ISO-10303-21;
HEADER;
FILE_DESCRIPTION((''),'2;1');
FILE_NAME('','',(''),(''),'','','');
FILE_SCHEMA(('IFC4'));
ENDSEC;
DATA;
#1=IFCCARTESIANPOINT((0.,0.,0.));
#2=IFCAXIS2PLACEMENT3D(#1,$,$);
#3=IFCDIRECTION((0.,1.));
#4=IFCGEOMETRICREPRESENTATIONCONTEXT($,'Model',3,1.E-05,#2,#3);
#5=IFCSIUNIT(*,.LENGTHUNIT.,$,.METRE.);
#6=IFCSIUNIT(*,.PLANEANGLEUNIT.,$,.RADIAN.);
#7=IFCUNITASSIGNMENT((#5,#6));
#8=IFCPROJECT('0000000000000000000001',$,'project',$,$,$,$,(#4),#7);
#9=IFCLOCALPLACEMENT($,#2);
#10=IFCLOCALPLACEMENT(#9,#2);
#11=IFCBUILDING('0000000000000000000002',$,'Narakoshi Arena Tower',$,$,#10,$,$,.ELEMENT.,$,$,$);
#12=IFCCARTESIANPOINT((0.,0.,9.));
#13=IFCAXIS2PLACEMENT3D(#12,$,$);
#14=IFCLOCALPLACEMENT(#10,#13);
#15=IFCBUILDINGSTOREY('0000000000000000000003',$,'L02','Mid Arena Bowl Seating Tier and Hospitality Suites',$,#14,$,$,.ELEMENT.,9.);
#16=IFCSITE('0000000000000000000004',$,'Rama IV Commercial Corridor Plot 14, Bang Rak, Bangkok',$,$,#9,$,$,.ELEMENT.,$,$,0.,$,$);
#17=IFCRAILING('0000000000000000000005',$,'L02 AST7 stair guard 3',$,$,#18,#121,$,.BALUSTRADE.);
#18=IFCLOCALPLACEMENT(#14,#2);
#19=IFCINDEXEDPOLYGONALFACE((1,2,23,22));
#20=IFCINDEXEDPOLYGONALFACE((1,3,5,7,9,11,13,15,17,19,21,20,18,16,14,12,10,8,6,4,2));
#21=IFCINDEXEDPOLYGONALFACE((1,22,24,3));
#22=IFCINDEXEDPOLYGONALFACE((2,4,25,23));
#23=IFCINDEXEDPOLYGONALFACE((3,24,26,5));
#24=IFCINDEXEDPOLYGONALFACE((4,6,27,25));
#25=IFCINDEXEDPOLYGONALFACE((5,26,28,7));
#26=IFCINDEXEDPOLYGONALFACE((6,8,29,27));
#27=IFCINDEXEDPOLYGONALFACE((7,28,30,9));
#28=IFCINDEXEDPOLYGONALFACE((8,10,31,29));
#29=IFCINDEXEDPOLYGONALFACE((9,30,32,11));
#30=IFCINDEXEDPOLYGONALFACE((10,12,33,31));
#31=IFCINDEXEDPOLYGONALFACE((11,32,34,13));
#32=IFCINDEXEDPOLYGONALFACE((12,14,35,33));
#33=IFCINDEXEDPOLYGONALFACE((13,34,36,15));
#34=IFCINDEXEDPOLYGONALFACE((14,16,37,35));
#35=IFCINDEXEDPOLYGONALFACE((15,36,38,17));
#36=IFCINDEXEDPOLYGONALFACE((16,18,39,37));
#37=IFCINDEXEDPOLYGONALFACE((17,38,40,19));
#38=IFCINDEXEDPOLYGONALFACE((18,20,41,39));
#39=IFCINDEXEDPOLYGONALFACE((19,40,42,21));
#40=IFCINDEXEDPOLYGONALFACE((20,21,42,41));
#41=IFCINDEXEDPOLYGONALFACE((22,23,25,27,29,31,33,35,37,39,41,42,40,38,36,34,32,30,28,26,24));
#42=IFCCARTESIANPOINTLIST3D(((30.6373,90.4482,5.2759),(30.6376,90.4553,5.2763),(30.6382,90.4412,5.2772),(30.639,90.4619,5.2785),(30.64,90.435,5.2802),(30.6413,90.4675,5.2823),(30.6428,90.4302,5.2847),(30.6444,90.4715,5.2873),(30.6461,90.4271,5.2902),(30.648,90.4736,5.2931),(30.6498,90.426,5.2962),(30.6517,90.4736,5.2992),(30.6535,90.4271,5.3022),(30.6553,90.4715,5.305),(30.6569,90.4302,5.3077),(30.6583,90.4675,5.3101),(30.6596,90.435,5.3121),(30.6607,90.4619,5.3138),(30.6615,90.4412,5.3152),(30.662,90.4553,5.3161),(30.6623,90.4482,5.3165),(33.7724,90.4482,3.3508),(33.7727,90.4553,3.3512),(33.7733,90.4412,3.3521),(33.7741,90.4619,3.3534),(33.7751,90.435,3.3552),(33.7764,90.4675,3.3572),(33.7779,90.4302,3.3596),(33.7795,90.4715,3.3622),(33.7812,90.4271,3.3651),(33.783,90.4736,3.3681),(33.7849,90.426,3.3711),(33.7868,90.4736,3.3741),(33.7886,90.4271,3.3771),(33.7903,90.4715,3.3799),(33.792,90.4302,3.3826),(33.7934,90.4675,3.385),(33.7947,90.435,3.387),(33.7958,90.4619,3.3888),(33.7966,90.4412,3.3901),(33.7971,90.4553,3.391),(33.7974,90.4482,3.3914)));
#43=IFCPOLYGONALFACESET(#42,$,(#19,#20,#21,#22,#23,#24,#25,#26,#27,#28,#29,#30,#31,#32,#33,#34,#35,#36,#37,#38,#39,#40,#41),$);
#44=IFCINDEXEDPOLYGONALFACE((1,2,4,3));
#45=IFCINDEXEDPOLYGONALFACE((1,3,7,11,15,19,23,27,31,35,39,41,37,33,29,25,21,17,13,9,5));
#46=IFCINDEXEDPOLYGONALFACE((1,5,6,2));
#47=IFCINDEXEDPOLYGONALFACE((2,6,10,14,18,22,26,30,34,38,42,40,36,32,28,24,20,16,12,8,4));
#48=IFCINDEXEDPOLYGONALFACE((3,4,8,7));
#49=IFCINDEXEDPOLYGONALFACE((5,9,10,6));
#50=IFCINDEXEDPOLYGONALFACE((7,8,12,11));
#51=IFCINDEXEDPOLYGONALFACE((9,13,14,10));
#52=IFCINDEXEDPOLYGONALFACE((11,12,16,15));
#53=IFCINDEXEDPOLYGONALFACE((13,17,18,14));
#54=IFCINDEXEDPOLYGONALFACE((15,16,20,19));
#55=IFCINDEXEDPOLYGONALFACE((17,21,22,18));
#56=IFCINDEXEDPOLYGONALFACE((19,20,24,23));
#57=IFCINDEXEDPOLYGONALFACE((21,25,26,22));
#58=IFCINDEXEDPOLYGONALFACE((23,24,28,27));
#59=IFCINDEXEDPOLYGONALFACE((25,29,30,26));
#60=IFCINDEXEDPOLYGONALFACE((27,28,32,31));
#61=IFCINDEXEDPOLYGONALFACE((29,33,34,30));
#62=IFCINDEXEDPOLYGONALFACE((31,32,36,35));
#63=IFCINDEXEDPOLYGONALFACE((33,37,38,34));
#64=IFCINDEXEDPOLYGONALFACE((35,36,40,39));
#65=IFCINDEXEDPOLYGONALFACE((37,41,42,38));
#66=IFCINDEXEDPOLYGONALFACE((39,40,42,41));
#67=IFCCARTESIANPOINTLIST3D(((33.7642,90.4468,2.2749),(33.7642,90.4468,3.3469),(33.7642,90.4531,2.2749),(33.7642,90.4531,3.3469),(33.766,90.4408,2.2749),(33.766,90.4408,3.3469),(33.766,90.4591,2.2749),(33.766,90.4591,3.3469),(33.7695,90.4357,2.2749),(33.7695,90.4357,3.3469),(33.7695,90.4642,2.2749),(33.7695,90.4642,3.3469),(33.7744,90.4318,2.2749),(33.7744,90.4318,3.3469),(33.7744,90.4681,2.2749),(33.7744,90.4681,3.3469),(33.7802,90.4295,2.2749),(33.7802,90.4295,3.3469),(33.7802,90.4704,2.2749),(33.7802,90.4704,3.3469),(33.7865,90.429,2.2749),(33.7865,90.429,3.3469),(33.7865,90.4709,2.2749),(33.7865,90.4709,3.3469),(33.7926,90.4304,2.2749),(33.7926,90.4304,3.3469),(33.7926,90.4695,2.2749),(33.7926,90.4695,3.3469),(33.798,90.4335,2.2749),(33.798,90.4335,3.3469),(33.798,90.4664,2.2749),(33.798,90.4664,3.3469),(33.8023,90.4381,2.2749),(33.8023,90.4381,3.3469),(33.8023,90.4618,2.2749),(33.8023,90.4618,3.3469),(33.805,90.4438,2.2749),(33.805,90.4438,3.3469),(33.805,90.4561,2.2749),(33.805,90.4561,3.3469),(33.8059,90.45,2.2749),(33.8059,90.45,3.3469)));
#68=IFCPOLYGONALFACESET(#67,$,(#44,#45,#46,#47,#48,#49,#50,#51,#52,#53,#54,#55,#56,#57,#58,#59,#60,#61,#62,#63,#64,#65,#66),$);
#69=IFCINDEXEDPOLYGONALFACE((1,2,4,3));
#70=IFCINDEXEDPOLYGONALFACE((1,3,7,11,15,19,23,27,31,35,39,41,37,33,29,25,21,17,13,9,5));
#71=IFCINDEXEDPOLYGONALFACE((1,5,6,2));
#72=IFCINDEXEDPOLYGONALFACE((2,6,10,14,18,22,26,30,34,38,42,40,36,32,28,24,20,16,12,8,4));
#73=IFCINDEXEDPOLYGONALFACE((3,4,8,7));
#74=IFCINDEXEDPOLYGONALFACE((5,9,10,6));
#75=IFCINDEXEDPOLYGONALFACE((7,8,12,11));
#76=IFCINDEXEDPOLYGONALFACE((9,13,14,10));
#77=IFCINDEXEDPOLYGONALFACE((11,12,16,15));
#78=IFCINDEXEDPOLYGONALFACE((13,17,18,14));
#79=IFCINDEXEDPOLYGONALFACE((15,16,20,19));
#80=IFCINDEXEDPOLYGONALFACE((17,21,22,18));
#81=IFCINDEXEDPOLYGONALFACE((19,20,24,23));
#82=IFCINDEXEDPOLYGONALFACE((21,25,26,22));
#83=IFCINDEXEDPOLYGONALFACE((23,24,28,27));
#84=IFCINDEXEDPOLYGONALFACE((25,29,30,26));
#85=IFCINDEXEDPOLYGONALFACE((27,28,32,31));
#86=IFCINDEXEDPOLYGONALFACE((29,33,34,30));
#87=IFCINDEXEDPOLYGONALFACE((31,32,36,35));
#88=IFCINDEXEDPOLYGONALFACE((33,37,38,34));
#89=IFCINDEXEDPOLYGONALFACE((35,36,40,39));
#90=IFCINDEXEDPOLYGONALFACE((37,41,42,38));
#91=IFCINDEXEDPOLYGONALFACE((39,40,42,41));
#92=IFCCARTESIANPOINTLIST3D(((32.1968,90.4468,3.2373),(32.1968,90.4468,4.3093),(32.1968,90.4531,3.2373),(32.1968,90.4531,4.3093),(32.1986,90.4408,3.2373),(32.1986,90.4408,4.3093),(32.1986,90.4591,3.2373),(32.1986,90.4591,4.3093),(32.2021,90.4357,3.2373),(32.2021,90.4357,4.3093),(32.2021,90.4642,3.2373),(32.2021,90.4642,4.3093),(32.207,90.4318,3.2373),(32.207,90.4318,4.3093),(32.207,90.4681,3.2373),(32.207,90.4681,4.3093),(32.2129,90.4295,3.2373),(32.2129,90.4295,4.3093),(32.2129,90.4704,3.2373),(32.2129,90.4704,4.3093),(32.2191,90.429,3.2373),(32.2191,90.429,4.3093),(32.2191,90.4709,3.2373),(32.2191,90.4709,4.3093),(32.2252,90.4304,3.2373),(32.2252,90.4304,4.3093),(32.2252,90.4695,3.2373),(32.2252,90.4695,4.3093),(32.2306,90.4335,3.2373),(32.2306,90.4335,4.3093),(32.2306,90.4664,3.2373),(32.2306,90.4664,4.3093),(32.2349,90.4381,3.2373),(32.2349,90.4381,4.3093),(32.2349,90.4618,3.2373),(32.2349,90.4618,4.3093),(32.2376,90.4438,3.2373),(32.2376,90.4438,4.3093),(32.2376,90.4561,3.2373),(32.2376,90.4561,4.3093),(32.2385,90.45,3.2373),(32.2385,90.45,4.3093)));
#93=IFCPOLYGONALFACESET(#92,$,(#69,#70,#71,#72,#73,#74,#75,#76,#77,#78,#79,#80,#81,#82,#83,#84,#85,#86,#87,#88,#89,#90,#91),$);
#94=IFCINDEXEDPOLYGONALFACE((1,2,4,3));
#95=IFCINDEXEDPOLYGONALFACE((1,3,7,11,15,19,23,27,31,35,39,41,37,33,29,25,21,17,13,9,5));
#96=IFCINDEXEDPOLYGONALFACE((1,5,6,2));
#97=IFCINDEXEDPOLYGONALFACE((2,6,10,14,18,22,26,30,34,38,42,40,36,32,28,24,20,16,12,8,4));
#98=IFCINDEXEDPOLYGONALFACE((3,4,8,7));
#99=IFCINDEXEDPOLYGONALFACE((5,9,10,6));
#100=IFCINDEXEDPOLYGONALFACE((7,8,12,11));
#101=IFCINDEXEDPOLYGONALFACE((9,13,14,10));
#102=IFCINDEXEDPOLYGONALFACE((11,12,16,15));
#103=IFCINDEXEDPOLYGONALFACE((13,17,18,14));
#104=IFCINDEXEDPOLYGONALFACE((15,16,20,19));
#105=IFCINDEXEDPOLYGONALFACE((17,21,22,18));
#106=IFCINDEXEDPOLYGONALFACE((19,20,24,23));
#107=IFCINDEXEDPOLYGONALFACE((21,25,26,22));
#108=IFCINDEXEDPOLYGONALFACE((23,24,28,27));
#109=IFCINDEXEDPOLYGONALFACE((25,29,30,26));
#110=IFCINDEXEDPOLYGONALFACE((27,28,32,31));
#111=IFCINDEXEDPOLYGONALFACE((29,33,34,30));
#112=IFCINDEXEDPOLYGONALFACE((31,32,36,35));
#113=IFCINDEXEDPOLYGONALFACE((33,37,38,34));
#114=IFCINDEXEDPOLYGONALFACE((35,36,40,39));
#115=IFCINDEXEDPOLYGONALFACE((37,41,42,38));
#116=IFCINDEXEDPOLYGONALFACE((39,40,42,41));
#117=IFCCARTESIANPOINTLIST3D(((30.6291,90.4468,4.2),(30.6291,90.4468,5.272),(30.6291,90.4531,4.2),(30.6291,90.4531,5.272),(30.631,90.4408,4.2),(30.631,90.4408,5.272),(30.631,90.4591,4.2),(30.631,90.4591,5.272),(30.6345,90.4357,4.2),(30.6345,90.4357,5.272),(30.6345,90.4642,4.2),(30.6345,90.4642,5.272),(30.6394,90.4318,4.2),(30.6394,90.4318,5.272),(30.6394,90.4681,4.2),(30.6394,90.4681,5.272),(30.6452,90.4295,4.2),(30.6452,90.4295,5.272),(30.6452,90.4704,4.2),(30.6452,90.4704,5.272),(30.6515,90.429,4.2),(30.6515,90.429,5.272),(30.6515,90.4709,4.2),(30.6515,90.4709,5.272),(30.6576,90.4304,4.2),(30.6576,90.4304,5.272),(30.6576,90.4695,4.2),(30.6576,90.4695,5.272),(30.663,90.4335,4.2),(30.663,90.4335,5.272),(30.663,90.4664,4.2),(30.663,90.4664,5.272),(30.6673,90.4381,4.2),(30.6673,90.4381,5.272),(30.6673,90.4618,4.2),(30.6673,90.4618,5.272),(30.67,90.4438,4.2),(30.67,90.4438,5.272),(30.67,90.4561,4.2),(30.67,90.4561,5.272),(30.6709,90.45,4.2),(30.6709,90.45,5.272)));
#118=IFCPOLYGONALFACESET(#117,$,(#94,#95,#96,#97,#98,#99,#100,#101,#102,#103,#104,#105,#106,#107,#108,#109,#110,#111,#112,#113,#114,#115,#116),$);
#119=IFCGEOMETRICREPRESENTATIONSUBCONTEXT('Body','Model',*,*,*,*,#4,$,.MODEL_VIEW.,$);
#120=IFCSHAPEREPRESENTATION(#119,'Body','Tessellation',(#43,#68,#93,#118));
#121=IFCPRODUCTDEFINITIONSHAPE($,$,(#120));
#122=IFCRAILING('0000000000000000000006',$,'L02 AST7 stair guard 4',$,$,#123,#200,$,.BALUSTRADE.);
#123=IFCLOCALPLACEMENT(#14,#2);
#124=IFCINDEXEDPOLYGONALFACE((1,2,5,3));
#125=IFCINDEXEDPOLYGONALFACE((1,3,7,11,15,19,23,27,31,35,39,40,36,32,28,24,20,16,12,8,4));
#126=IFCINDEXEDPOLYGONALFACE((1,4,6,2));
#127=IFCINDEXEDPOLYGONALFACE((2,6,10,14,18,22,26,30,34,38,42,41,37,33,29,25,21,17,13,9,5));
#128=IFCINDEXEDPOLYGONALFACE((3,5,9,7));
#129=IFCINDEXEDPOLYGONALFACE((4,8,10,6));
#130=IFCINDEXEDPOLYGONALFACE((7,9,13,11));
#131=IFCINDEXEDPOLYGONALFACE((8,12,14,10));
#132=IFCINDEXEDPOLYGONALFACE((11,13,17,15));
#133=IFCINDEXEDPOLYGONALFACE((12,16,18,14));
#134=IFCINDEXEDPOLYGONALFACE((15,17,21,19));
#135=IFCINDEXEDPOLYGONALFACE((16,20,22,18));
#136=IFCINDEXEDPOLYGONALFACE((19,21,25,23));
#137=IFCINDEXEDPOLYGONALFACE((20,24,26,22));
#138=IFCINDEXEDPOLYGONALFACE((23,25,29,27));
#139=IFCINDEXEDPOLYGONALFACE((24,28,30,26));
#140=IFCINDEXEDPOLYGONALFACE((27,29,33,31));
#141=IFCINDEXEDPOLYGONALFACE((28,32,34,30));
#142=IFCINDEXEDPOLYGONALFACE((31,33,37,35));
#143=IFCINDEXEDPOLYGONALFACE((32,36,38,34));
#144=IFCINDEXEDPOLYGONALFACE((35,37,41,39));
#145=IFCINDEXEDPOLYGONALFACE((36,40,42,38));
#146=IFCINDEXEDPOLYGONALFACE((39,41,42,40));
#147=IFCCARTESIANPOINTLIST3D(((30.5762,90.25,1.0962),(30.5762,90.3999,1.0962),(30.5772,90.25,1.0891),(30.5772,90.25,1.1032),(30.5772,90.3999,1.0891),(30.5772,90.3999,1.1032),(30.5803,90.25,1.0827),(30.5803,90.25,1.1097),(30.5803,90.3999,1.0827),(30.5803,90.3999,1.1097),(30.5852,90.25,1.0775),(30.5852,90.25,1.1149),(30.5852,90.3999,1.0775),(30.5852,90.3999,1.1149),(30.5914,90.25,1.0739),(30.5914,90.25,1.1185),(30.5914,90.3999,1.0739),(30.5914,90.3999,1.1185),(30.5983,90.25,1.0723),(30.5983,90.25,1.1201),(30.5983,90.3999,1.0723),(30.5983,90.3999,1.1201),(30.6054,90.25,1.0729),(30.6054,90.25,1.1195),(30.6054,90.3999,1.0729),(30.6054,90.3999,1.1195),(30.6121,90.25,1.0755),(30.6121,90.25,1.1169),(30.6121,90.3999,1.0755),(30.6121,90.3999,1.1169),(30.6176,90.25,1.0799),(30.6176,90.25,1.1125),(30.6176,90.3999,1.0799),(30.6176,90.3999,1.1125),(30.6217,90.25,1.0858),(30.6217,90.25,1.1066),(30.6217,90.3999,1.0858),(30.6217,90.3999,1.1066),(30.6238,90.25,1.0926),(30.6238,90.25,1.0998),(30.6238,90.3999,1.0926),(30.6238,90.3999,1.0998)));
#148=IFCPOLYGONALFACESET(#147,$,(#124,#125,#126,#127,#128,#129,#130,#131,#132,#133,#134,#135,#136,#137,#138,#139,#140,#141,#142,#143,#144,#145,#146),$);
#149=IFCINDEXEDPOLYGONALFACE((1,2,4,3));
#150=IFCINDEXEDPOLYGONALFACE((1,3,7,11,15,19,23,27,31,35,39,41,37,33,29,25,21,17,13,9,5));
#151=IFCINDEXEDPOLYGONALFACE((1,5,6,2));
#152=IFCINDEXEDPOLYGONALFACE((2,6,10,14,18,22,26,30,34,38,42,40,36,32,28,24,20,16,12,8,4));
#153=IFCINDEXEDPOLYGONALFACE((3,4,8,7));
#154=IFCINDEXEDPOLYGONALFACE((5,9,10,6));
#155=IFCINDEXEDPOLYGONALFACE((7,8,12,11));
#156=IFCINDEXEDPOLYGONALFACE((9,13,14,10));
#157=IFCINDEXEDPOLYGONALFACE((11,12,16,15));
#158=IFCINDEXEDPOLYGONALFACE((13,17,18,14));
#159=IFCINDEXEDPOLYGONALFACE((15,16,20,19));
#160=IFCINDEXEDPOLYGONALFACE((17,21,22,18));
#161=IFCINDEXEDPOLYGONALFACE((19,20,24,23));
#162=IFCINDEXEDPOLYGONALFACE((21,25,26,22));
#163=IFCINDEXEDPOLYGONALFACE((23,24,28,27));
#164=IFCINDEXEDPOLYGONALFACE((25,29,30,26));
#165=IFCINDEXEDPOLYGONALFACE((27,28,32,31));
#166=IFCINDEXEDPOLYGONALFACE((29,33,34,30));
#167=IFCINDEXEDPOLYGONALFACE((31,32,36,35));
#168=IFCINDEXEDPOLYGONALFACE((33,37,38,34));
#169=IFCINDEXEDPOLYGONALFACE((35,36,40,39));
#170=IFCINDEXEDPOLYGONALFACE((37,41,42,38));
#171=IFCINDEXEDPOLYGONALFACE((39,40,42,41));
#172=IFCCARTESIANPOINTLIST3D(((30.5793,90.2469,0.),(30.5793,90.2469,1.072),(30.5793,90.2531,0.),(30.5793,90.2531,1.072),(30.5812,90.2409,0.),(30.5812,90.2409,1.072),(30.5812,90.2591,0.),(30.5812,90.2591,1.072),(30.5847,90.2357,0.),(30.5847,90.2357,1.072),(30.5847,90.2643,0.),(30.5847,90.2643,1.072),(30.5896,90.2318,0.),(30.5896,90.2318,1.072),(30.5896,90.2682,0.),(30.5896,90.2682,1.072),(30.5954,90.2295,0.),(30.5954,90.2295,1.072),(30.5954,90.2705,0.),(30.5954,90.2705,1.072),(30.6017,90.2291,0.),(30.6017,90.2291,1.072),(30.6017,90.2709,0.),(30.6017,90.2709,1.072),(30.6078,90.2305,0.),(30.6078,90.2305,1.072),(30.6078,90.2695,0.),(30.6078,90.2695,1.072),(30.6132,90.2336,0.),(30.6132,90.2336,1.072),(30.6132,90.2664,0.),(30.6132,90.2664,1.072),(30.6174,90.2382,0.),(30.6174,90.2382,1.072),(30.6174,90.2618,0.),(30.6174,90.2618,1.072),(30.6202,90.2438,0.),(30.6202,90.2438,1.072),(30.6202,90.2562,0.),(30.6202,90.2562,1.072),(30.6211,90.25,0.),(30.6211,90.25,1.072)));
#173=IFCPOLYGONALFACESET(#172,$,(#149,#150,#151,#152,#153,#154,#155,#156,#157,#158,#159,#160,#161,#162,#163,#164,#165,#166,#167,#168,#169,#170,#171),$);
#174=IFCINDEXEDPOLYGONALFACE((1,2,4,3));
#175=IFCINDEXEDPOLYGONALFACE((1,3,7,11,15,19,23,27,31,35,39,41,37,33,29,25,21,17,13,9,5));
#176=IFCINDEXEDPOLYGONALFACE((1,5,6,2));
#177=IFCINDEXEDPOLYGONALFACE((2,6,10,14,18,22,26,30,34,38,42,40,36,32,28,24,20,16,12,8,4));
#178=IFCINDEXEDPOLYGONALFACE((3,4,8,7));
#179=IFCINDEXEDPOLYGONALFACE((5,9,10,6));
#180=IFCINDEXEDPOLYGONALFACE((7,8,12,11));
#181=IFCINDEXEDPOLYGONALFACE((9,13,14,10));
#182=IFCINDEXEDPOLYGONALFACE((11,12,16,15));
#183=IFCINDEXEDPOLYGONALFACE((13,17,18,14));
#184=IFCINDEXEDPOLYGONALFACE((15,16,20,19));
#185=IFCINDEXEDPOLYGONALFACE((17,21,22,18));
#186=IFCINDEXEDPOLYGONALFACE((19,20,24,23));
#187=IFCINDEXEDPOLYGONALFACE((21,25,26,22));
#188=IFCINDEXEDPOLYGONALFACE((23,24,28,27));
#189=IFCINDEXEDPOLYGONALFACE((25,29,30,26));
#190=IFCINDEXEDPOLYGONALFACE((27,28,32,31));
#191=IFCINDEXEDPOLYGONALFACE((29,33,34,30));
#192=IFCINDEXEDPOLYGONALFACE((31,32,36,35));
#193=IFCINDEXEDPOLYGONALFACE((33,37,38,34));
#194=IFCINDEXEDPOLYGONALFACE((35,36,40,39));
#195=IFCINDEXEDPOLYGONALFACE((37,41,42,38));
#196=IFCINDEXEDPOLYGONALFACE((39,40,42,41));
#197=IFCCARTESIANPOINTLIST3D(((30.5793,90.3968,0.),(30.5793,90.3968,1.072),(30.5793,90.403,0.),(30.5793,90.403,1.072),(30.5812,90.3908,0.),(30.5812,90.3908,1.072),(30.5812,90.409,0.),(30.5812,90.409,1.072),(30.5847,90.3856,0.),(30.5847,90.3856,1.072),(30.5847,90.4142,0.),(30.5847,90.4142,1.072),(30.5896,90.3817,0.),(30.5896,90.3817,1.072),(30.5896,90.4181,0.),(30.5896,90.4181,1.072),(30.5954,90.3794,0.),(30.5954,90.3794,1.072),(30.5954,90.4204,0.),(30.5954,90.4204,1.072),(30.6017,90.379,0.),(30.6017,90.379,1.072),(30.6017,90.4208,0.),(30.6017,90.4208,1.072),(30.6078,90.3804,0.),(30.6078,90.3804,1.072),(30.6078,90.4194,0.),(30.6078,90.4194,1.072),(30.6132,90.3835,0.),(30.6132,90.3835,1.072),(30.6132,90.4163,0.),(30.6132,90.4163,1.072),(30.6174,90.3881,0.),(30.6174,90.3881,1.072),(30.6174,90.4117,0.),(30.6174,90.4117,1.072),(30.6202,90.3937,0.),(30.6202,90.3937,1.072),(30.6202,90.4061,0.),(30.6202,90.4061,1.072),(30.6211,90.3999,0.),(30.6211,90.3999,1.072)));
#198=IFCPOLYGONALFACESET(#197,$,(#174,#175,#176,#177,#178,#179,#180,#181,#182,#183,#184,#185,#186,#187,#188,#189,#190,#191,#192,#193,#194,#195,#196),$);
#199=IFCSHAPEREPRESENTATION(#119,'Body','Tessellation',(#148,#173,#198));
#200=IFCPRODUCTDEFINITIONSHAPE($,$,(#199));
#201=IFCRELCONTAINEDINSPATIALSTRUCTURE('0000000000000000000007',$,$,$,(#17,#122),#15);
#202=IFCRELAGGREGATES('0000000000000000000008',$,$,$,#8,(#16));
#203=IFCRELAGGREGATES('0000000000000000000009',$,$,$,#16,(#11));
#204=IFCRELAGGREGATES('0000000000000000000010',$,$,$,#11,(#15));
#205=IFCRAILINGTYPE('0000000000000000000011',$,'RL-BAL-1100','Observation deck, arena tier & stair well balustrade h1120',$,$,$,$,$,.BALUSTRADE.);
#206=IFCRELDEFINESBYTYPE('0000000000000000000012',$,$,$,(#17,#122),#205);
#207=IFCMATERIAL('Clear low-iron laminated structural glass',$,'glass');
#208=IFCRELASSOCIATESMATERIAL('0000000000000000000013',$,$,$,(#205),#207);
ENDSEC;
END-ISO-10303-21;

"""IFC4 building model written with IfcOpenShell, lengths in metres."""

from ifc_helpers import new_model, si_unit, direction, frame, origin, origin_2d, place, context, subcontext, project, spatial, circle, extrude, material, type_object, element, save


model = new_model("IFC4")

# Units and contexts
model_context = context("Model", 3, precision=1e-05, world=origin(), true_north=direction((0.0, 1.0)))
body_context = subcontext(model_context, "Body", "Model", "MODEL_VIEW")
ifc_project = project(units=[si_unit("LENGTHUNIT", "METRE"), si_unit("PLANEANGLEUNIT", "RADIAN")], contexts=[model_context])

# Site, building, storey
site_placement = place(None, origin())
site = spatial("IfcSite", under=ifc_project, at=site_placement, Name="Rama IV Commercial Corridor Plot 14, Bang Rak, Bangkok", CompositionType="ELEMENT", RefElevation=0.0)
building_placement = place(site_placement, origin())
building = spatial("IfcBuilding", under=site, at=building_placement, Name="Narakoshi Arena Tower", CompositionType="ELEMENT")
storey_placement = place(building_placement, frame((0.0, 0.0, 9.0)))
storey = spatial("IfcBuildingStorey", under=building, at=storey_placement, Name="L02", Description="Mid Arena Bowl Seating Tier and Hospitality Suites", CompositionType="ELEMENT", Elevation=9.0)

# Railings
ifc_material_1 = material(Name="Clear low-iron laminated structural glass", Category="glass")
railing_type_1 = type_object("IfcRailingType", Name="RL-BAL-1100", Description="Observation deck, arena tier & stair well balustrade h1120", PredefinedType="BALUSTRADE", material=ifc_material_1)
railing_1_placement = place(storey_placement, frame((33.7849, 90.45, 2.2749)))
element("IfcRailing", 1, at=railing_1_placement, inside=storey, type_object=railing_type_1, Name="L02 AST7 stair guard 3", PredefinedType="BALUSTRADE", context=body_context, shape_type="SweptSolid", body=[
    extrude(circle(Radius=0.0239, at=origin_2d()), frame((0.0, 0.0, 1.0962), z_axis=(-0.852166, 0.0, 0.523271), x_axis=(0.0, -1.0, 0.0)), (0.0, 0.0, 1.0), 3.679),
    extrude(circle(Radius=0.021, at=origin_2d()), origin(), (0.0, 0.0, 1.0), 1.072),
    extrude(circle(Radius=0.021, at=origin_2d()), frame((-1.5674, 0.0, 0.9624)), (0.0, 0.0, 1.0), 1.072),
    extrude(circle(Radius=0.021, at=origin_2d()), frame((-3.135, 0.0, 1.925)), (0.0, 0.0, 1.0), 1.072),
])
railing_2_placement = place(storey_placement, frame((30.6001, 90.25, 0.0)))
element("IfcRailing", 2, at=railing_2_placement, inside=storey, type_object=railing_type_1, Name="L02 AST7 stair guard 4", PredefinedType="BALUSTRADE", context=body_context, shape_type="SweptSolid", body=[
    extrude(circle(Radius=0.0239, at=origin_2d()), frame((0.0, 0.0, 1.0962), z_axis=(0.0, 1.0, 0.0), x_axis=(-1.0, 0.0, 0.0)), (0.0, 0.0, 1.0), 0.1499),
    extrude(circle(Radius=0.021, at=origin_2d()), origin(), (0.0, 0.0, 1.0), 1.072),
    extrude(circle(Radius=0.021, at=origin_2d()), frame((0.0, 0.1499, 0.0)), (0.0, 0.0, 1.0), 1.072),
])

save(model, "model.ifc")
